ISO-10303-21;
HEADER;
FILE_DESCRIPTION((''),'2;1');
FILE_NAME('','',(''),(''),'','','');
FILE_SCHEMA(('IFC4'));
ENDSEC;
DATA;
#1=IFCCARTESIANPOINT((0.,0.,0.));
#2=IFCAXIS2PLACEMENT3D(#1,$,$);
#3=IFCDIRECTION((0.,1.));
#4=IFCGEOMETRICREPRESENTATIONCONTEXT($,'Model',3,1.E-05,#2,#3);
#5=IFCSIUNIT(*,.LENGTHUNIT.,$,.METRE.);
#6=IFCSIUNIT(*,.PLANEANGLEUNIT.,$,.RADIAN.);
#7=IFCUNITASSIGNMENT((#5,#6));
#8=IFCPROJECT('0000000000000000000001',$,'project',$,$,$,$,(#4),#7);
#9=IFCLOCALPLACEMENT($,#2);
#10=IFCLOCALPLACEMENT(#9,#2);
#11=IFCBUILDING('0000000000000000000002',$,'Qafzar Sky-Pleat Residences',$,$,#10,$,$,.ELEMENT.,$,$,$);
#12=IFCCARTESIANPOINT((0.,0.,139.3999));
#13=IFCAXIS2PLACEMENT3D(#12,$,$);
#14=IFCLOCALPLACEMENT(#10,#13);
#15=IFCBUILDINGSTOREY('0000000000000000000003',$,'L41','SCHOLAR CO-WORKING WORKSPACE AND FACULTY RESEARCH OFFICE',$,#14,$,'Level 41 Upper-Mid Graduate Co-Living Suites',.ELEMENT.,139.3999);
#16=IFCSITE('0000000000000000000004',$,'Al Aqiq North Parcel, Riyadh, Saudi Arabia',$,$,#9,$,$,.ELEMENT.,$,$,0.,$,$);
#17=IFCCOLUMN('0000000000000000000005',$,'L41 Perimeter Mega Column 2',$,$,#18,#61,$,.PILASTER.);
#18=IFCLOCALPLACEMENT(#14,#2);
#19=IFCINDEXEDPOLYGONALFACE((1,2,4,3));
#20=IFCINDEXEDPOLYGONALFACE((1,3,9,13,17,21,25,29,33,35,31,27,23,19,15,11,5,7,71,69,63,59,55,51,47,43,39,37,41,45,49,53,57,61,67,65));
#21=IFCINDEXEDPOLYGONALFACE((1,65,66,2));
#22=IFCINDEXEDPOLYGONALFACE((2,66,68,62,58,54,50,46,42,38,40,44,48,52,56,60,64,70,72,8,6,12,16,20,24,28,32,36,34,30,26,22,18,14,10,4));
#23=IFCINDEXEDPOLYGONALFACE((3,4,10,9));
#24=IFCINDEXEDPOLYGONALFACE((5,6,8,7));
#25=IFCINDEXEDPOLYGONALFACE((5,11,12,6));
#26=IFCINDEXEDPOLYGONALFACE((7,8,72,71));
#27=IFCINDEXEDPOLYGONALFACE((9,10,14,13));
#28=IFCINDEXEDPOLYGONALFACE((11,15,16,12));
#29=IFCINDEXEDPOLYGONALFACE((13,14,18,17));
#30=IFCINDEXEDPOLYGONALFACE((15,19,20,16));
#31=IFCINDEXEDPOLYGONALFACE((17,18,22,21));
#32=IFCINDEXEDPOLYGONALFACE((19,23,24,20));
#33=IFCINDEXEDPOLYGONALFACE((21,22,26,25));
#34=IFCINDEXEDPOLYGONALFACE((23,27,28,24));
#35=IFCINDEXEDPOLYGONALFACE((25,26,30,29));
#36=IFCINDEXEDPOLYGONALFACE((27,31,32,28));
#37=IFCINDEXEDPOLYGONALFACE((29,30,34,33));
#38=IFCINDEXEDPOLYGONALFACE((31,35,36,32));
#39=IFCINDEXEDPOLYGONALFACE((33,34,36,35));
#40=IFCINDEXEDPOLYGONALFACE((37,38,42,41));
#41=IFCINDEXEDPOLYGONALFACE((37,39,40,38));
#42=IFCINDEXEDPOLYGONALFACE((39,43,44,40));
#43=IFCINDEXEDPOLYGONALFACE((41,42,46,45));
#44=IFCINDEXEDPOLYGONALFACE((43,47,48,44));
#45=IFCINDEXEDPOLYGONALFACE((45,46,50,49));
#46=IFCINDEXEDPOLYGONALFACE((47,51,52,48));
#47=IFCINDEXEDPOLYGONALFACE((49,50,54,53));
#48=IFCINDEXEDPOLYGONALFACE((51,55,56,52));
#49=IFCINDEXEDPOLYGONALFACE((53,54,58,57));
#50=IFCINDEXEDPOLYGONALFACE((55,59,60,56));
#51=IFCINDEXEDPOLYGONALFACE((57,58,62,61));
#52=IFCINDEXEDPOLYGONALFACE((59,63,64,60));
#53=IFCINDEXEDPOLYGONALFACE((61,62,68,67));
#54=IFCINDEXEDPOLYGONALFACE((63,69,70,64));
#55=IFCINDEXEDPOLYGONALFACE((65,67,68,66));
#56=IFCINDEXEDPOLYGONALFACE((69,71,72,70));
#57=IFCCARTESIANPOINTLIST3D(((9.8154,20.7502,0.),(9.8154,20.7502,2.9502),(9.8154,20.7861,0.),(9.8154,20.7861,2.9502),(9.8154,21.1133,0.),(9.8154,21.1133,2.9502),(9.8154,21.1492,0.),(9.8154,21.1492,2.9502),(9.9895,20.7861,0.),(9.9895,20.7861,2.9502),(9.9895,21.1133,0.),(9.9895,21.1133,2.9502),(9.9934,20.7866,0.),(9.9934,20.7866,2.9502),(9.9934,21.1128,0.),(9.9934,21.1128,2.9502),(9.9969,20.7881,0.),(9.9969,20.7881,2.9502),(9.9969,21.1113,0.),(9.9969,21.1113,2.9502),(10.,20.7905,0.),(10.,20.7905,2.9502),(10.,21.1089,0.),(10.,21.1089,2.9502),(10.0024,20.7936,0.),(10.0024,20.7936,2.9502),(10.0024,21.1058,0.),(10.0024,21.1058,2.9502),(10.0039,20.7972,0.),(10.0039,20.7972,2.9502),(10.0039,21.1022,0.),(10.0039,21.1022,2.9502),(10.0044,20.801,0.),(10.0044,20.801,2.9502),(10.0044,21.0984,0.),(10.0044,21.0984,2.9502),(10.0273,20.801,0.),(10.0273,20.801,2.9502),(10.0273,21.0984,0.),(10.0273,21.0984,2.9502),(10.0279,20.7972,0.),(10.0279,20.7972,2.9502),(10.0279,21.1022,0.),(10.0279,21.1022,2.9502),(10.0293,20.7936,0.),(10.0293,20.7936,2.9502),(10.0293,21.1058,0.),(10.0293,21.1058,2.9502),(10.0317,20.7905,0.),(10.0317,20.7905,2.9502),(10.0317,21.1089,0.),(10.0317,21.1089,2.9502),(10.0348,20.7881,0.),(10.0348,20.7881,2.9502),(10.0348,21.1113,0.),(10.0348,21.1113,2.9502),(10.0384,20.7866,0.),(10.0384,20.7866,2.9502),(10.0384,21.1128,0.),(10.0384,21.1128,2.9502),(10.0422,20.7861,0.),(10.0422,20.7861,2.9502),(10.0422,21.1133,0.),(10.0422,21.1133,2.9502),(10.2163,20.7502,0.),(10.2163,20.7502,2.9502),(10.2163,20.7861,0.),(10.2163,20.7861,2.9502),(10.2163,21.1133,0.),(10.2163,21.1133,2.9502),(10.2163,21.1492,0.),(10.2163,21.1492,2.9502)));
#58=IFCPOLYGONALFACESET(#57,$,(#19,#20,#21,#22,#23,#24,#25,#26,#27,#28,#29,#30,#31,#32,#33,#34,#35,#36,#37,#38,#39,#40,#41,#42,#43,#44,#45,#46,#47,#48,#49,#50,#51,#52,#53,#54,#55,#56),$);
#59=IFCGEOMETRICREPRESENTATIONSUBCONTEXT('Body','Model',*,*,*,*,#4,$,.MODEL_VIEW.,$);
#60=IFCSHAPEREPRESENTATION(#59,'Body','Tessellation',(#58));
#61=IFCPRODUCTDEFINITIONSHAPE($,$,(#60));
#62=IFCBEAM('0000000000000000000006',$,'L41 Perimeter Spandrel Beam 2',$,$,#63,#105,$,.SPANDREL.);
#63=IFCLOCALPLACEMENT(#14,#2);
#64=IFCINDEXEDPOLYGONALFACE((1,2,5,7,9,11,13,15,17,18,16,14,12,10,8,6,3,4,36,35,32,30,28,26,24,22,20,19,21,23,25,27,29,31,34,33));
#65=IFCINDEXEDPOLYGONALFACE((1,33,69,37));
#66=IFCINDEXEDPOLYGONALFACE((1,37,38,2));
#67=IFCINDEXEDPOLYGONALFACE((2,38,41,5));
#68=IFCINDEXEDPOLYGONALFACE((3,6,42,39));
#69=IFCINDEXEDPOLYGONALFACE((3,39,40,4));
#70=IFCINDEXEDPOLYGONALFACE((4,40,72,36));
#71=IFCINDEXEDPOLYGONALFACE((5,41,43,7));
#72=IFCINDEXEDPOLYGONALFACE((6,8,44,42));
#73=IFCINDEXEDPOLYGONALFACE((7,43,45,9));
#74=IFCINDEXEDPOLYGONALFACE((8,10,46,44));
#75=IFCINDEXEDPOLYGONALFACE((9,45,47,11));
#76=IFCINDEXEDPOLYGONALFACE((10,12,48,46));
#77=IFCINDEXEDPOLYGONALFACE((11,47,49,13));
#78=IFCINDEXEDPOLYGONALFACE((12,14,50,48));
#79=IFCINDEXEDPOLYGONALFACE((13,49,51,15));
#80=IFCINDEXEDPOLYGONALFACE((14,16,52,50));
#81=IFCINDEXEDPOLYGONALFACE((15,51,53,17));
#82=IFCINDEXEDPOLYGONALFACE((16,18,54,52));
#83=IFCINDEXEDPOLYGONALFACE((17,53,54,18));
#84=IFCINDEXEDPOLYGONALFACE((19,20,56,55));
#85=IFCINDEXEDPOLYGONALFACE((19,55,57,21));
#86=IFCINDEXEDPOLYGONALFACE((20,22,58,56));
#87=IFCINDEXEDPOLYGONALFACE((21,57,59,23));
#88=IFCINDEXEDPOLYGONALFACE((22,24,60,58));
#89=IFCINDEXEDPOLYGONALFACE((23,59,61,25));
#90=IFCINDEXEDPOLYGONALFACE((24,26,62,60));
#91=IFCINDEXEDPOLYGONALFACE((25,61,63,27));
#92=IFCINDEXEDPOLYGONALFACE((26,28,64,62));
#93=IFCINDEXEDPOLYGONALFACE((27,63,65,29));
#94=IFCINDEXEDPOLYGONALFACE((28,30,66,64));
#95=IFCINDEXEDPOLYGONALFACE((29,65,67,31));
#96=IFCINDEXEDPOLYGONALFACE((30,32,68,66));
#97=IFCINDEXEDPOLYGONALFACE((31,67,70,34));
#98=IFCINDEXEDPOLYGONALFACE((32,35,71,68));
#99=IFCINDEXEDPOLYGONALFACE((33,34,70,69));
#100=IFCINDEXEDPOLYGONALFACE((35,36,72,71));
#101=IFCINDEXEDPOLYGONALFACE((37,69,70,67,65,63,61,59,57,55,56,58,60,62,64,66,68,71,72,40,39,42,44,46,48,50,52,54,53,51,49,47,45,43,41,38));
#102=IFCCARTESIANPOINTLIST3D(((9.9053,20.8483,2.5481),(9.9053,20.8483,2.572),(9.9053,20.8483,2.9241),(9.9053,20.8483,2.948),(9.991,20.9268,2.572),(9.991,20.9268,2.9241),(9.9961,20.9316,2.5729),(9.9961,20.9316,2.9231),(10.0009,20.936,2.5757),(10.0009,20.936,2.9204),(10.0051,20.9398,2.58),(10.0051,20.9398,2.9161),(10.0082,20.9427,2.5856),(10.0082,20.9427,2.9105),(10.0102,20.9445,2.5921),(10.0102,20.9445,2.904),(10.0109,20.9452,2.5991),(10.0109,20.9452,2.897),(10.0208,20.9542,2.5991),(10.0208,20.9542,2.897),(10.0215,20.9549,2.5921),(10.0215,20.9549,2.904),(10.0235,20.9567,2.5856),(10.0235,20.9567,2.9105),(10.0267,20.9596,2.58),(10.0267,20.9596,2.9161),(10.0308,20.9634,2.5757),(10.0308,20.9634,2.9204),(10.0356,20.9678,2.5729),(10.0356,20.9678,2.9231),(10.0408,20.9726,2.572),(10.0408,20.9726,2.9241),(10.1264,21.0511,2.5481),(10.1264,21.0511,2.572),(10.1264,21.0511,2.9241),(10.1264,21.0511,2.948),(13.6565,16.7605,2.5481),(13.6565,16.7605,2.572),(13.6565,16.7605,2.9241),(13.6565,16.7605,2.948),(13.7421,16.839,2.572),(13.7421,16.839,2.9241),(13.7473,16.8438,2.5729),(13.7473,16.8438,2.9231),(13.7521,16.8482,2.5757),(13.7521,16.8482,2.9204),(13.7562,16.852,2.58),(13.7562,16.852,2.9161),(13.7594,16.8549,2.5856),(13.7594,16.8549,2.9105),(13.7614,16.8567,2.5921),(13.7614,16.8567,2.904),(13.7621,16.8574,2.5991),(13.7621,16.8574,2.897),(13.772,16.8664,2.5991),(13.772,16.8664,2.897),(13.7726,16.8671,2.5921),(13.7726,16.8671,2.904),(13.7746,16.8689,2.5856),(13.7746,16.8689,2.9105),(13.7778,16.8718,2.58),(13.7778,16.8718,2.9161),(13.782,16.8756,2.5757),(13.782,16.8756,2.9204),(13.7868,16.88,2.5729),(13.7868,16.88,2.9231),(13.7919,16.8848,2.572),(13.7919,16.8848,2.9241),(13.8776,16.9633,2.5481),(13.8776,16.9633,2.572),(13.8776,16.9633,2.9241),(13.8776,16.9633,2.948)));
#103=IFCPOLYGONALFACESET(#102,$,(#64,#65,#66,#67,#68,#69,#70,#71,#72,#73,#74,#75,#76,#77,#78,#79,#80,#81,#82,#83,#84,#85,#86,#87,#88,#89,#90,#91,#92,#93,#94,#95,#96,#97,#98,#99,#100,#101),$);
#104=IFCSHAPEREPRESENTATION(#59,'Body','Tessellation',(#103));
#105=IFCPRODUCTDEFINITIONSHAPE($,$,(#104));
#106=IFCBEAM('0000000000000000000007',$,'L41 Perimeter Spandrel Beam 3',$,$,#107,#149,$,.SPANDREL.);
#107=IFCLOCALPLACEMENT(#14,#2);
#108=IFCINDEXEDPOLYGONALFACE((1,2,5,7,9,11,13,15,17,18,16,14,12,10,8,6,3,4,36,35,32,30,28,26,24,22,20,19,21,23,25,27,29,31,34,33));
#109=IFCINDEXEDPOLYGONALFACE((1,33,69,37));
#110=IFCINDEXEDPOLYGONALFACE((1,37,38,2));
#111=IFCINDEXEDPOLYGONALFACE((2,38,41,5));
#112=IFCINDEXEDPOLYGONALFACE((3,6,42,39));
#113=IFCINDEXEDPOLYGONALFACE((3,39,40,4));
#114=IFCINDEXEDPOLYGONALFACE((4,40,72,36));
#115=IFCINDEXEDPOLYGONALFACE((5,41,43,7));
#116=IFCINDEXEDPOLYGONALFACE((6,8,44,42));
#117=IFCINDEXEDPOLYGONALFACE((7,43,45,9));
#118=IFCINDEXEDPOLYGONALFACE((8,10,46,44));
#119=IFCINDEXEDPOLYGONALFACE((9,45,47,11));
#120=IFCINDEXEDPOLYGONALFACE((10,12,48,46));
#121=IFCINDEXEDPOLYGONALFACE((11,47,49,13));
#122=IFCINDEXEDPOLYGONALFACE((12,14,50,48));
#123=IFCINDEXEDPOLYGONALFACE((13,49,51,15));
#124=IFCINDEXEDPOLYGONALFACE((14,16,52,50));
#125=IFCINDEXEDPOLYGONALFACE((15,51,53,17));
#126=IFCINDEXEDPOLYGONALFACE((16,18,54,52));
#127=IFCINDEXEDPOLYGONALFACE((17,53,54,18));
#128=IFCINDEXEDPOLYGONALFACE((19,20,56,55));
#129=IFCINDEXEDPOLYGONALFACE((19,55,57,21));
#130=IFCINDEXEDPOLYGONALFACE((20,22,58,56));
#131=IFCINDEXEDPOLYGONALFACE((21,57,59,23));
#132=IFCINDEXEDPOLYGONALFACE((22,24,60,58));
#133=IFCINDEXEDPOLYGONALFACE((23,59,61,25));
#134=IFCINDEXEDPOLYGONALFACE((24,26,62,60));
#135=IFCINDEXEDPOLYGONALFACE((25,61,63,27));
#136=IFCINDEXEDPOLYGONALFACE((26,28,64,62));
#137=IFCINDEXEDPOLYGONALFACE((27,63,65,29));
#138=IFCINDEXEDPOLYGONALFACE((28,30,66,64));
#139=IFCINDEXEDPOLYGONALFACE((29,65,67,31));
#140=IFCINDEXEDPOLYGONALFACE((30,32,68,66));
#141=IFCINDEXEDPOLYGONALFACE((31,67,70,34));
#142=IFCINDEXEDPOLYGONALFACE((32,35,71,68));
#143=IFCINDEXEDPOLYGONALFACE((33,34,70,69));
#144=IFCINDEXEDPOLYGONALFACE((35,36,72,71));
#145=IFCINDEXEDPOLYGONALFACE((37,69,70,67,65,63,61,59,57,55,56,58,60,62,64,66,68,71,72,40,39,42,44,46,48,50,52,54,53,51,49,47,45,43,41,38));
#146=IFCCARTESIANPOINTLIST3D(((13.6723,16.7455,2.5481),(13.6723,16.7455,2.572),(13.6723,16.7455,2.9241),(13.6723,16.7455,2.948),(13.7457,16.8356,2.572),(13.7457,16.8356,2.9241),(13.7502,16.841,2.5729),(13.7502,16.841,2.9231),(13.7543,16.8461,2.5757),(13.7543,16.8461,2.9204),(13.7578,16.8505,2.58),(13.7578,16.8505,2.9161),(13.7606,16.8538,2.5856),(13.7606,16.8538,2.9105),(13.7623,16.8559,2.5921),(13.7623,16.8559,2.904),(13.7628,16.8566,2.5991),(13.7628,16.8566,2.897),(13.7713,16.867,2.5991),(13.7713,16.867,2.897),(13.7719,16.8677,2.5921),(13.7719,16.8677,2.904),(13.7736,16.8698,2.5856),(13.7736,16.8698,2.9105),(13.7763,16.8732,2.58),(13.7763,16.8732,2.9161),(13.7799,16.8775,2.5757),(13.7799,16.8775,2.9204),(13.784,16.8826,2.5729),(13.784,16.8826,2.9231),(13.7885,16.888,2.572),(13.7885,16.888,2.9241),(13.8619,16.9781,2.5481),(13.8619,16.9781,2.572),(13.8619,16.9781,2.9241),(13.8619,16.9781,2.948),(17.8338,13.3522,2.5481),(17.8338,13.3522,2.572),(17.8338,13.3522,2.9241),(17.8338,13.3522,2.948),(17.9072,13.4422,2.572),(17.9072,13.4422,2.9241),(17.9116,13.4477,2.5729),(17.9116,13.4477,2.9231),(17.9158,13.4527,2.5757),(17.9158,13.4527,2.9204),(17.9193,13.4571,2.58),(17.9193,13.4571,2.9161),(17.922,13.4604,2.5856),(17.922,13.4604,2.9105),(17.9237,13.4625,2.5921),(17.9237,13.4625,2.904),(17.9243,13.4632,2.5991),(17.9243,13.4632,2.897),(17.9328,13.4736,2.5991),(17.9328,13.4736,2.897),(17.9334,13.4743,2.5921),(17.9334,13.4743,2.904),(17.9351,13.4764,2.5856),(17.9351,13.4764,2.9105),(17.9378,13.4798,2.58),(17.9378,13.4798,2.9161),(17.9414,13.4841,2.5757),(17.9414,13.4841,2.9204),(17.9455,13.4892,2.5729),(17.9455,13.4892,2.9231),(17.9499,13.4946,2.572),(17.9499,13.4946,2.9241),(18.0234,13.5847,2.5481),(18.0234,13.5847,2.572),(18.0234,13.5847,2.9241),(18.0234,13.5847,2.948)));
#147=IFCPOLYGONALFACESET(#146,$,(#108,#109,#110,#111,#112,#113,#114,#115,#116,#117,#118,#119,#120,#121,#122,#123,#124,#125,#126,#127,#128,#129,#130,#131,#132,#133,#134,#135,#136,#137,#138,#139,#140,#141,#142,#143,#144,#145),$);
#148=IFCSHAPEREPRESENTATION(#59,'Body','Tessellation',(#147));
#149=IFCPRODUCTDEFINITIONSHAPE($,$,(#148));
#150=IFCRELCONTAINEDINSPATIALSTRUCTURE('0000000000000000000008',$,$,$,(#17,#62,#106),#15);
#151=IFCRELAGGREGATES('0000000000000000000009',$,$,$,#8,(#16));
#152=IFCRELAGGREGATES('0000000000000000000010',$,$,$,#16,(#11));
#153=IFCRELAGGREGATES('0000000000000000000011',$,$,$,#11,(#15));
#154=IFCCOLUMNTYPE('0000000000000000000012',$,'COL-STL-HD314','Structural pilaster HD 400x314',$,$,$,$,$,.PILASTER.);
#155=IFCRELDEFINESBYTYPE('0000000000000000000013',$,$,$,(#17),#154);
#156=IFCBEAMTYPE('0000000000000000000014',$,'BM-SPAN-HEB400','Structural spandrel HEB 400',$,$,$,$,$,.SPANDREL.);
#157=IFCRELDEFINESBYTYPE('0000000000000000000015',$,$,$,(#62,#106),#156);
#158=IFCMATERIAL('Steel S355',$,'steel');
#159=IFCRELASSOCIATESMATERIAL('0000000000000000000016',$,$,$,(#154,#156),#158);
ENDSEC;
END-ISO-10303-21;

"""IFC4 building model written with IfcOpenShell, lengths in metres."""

from ifc_helpers import new_model, si_unit, direction, frame, origin, origin_2d, place, context, subcontext, project, spatial, i_section, extrude, source, transform, mapped, material, material_profile, profile_set, type_object, element, save


model = new_model("IFC4")

# Units and contexts
model_context = context("Model", 3, precision=1e-05, world=origin(), true_north=direction((0.0, 1.0)))
body_context = subcontext(model_context, "Body", "Model", "MODEL_VIEW")
ifc_project = project(units=[si_unit("LENGTHUNIT", "METRE"), si_unit("PLANEANGLEUNIT", "RADIAN")], contexts=[model_context])

# Site, building, storey
site_placement = place(None, origin())
site = spatial("IfcSite", under=ifc_project, at=site_placement, Name="Al Aqiq North Parcel, Riyadh, Saudi Arabia", CompositionType="ELEMENT", RefElevation=0.0)
building_placement = place(site_placement, origin())
building = spatial("IfcBuilding", under=site, at=building_placement, Name="Qafzar Sky-Pleat Residences", CompositionType="ELEMENT")
storey_placement = place(building_placement, frame((0.0, 0.0, 139.3999)))
storey = spatial("IfcBuildingStorey", under=building, at=storey_placement, Name="L41", Description="SCHOLAR CO-WORKING WORKSPACE AND FACULTY RESEARCH OFFICE", LongName="Level 41 Upper-Mid Graduate Co-Living Suites", CompositionType="ELEMENT", Elevation=139.3999)

# Column
ifc_material_1 = material(Name="Steel S355", Category="steel")
ifc_material_profile_1 = material_profile(ifc_material_1, i_section(OverallWidth=0.4009, OverallDepth=0.3989, WebThickness=0.0229, FlangeThickness=0.0359, FilletRadius=0.0149, at=origin_2d()), Name="HD 400x314")
ifc_profile_set_1 = profile_set([ifc_material_profile_1], Name="Steel S355")
column_type = type_object("IfcColumnType", Name="COL-STL-HD314", Description="Structural pilaster HD 400x314", PredefinedType="PILASTER", material=ifc_profile_set_1)
shared_shape_1 = source(origin(), body_context, "Body", "SweptSolid", [
    extrude(i_section(OverallWidth=0.4009, OverallDepth=0.3989, WebThickness=0.0229, FlangeThickness=0.0359, FilletRadius=0.0149, at=origin_2d()), origin(), (0.0, 0.0, 1.0), 2.9502),
])
column_placement = place(storey_placement, frame((10.0159, 20.9497, 0.0), z_axis=(0.0, 0.0, 1.0), x_axis=(1.0, 0.0, 0.0)))
element("IfcColumn", 1, at=column_placement, inside=storey, type_object=column_type, Name="L41 Perimeter Mega Column 2", PredefinedType="PILASTER", context=body_context, shape_type="MappedRepresentation", body=[
    mapped(shared_shape_1, transform((0.0, 0.0, 0.0), x_axis=(1.0, 0.0, 0.0), y_axis=(0.0, 1.0, 0.0), z_axis=(0.0, 0.0, 1.0), scale=1.0)),
])

# Beams
ifc_material_profile_2 = material_profile(ifc_material_1, i_section(OverallWidth=0.3, OverallDepth=0.3999, WebThickness=0.0134, FlangeThickness=0.0239, FilletRadius=0.0271, at=origin_2d()), Name="HEB 400")
ifc_profile_set_2 = profile_set([ifc_material_profile_2], Name="Steel S355")
beam_type_1 = type_object("IfcBeamType", Name="BM-SPAN-HEB400", Description="Structural spandrel HEB 400", PredefinedType="SPANDREL", material=ifc_profile_set_2)
shared_shape_2 = source(origin(), body_context, "Body", "SweptSolid", [
    extrude(i_section(OverallWidth=0.3, OverallDepth=0.3999, WebThickness=0.0134, FlangeThickness=0.0239, FilletRadius=0.0271, at=origin_2d()), origin(), (0.0, 0.0, 1.0), 5.5481),
])
beam_1_placement = place(storey_placement, frame((10.0159, 20.9497, 2.748), z_axis=(0.676115, -0.736796, 0.0), x_axis=(0.736796, 0.676115, 0.0)))
element("IfcBeam", 2, at=beam_1_placement, inside=storey, type_object=beam_type_1, Name="L41 Perimeter Spandrel Beam 2", PredefinedType="SPANDREL", context=body_context, shape_type="MappedRepresentation", body=[
    mapped(shared_shape_2, transform((0.0, 0.0, 0.0), x_axis=(1.0, 0.0, 0.0), y_axis=(0.0, 1.0, 0.0), z_axis=(0.0, 0.0, 1.0), scale=1.0)),
])
shared_shape_3 = source(origin(), body_context, "Body", "SweptSolid", [
    extrude(i_section(OverallWidth=0.3, OverallDepth=0.3999, WebThickness=0.0134, FlangeThickness=0.0239, FilletRadius=0.0271, at=origin_2d()), origin(), (0.0, 0.0, 1.0), 5.3696),
])
beam_2_placement = place(storey_placement, frame((13.7671, 16.8618, 2.748), z_axis=(0.775002, -0.631959, 0.0), x_axis=(0.631959, 0.775002, 0.0)))
element("IfcBeam", 3, at=beam_2_placement, inside=storey, type_object=beam_type_1, Name="L41 Perimeter Spandrel Beam 3", PredefinedType="SPANDREL", context=body_context, shape_type="MappedRepresentation", body=[
    mapped(shared_shape_3, transform((0.0, 0.0, 0.0), x_axis=(1.0, 0.0, 0.0), y_axis=(0.0, 1.0, 0.0), z_axis=(0.0, 0.0, 1.0), scale=1.0)),
])

save(model, "model.ifc")
